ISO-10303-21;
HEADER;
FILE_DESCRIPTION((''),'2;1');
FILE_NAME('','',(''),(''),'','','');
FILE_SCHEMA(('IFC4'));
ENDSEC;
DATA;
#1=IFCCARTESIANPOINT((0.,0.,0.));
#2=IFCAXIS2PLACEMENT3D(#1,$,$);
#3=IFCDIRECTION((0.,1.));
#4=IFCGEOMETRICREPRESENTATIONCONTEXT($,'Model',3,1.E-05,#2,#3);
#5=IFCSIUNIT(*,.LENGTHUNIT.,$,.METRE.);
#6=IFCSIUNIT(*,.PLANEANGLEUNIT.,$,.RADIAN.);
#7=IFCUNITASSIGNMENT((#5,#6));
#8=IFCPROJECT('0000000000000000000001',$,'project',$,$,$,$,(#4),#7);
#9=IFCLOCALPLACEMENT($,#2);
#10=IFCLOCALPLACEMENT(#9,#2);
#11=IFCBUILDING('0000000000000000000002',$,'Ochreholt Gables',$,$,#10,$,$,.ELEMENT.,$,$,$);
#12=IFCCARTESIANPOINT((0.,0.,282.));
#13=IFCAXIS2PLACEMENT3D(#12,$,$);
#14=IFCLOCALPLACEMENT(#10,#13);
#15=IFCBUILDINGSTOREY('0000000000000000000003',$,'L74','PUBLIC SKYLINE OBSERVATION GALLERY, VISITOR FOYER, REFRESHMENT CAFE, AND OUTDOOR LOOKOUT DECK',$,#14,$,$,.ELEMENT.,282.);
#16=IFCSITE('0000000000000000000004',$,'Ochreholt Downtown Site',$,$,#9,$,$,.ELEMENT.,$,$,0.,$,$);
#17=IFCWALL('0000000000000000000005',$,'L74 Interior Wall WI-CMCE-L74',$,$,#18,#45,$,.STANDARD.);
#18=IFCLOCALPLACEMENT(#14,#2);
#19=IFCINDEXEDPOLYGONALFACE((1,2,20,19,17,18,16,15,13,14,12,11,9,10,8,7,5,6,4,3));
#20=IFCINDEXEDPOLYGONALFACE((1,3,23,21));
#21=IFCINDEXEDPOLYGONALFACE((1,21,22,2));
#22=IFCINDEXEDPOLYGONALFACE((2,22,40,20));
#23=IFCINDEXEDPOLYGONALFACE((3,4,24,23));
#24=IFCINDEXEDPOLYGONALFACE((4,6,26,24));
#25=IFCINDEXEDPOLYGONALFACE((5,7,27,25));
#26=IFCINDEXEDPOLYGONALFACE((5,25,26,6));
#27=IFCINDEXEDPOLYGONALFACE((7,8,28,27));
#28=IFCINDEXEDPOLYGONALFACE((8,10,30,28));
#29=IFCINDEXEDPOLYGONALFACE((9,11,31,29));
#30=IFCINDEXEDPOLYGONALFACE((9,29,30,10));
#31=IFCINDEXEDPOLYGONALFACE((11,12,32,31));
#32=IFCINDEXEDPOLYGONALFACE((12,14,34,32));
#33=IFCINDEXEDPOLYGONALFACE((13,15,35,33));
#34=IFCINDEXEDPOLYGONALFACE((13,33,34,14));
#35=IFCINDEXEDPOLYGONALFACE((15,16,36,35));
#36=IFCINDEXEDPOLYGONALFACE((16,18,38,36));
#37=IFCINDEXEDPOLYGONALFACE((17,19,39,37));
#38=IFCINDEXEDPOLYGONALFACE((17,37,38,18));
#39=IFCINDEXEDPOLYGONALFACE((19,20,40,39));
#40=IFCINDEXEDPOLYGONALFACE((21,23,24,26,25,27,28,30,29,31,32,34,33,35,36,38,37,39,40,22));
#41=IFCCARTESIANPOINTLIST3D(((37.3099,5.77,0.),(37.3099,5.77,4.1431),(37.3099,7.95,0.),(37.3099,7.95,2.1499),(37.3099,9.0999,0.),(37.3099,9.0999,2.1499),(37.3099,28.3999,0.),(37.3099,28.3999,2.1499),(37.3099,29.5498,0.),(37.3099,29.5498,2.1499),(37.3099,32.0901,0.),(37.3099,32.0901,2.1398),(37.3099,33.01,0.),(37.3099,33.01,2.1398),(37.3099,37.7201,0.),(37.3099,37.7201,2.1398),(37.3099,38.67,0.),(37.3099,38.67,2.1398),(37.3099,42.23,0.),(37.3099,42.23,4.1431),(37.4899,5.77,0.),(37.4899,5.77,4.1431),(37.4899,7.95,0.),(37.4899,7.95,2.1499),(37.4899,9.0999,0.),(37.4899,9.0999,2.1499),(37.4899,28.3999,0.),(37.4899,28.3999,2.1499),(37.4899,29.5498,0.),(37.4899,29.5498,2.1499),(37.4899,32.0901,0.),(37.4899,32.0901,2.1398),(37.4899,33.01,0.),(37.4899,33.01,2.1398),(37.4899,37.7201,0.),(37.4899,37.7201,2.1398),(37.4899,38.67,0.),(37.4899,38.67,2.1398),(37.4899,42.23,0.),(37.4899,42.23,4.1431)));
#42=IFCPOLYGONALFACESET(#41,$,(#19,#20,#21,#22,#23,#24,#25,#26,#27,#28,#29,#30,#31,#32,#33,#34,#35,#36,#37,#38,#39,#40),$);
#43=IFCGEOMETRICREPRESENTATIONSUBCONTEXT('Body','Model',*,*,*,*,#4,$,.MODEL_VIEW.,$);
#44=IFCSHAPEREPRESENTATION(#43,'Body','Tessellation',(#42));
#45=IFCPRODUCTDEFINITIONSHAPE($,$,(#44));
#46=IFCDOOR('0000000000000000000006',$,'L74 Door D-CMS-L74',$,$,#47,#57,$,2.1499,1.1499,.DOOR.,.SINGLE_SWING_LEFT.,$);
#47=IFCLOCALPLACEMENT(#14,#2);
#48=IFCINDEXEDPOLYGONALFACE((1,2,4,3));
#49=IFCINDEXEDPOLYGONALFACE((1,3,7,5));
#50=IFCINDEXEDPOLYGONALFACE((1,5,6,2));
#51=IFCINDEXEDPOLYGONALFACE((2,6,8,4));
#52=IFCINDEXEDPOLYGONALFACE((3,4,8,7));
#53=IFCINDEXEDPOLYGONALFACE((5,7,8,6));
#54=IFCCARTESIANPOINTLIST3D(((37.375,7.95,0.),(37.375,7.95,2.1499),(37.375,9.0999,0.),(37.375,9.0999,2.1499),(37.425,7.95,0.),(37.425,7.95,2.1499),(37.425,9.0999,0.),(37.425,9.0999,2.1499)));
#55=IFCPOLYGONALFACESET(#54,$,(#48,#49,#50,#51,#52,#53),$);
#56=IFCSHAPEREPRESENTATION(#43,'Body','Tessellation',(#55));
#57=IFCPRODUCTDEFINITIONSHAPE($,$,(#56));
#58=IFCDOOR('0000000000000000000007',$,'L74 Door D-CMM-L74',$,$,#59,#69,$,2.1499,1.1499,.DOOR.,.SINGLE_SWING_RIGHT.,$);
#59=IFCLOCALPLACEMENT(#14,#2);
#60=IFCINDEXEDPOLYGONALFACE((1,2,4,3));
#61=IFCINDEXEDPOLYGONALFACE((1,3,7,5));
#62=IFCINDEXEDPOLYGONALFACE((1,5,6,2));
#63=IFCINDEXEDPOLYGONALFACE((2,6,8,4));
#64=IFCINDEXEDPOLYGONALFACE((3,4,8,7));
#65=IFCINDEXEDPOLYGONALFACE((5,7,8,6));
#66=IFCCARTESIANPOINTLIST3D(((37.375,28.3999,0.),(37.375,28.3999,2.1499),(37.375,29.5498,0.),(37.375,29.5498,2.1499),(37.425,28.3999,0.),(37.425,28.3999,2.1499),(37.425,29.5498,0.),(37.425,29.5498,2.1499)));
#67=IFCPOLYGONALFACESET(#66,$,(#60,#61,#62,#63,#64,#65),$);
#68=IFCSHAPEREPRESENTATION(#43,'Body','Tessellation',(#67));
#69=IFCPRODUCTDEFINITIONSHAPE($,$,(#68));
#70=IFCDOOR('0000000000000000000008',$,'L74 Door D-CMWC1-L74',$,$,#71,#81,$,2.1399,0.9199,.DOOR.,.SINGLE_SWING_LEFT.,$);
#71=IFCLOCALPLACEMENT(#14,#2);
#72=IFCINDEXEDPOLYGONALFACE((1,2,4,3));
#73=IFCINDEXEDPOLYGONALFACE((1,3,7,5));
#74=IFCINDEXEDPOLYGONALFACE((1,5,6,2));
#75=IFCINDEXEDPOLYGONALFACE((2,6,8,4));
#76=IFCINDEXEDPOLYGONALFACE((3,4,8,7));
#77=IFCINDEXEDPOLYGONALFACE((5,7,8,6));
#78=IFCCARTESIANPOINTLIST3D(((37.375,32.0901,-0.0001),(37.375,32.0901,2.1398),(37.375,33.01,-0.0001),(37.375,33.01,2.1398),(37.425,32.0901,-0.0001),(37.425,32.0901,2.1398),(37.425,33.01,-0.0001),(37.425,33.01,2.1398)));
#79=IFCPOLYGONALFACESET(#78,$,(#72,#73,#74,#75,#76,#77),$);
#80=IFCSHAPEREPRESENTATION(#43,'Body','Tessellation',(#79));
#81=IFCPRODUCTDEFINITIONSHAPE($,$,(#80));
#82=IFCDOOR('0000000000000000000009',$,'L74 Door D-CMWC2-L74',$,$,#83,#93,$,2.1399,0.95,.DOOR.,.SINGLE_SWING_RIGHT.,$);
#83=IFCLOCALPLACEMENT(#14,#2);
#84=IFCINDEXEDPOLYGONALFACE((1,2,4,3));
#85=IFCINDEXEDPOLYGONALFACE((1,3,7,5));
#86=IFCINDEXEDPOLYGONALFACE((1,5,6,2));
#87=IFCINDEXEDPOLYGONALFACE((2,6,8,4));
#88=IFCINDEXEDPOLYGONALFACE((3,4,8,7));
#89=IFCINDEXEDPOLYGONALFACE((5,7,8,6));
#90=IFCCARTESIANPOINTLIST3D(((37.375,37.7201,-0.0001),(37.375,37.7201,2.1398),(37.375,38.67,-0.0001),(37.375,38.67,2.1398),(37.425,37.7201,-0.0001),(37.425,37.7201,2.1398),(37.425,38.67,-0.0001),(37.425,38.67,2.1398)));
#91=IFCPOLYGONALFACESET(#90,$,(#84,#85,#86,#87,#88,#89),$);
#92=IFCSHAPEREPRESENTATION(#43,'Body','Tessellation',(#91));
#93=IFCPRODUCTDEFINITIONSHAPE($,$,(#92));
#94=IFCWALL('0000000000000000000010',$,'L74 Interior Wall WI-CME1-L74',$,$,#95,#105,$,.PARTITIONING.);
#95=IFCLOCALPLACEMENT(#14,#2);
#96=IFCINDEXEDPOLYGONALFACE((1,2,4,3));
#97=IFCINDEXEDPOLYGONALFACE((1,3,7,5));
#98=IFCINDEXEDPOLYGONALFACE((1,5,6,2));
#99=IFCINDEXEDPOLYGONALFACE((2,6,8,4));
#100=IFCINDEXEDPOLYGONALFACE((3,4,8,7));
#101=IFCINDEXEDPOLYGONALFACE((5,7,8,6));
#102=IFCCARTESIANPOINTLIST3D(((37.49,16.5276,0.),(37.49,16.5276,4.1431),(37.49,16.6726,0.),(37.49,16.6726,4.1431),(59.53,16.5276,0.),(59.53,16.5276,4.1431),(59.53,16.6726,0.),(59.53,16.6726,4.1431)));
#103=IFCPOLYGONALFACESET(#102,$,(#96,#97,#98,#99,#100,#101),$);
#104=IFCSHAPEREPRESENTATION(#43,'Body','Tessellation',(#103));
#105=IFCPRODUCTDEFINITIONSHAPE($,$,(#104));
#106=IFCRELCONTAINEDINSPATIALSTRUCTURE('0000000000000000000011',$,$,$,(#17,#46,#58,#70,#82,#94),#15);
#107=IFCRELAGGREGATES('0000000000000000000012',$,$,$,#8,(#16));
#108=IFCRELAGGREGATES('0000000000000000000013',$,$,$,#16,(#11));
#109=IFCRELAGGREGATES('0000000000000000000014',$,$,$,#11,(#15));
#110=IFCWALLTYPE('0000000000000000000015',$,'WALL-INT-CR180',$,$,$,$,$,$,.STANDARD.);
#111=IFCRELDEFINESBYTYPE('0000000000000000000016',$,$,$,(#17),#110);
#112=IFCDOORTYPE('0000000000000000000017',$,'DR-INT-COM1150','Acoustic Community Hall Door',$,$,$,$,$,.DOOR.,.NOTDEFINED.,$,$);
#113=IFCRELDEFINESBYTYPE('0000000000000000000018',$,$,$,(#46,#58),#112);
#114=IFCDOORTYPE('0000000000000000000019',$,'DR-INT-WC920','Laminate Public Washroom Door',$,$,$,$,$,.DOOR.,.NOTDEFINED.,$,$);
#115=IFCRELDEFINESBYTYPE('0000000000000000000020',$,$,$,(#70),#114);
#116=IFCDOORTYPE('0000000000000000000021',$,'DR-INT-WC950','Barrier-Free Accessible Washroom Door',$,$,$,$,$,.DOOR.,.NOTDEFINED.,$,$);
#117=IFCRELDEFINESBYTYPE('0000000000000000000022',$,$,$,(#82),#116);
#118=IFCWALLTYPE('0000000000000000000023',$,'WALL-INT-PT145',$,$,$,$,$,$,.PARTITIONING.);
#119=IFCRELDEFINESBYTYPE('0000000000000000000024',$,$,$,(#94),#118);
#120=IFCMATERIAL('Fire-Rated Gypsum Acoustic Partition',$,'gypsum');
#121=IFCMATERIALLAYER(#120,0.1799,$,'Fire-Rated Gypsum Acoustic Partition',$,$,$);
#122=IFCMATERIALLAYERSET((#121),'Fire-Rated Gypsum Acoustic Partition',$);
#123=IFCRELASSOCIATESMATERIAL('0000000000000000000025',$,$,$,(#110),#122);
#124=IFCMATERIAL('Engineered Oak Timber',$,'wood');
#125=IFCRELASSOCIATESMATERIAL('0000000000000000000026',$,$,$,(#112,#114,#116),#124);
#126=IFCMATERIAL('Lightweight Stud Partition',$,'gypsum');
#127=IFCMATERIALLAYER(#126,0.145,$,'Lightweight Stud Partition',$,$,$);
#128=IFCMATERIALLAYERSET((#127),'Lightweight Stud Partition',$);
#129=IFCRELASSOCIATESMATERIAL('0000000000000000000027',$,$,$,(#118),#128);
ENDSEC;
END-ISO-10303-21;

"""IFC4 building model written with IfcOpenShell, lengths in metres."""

from ifc_helpers import new_model, si_unit, direction, frame, frame_2d, origin, place, context, subcontext, project, spatial, rectangle, extrude, material, layer, layer_set, type_object, element, fill, save


model = new_model("IFC4")

# Units and contexts
model_context = context("Model", 3, precision=1e-05, world=origin(), true_north=direction((0.0, 1.0)))
body_context = subcontext(model_context, "Body", "Model", "MODEL_VIEW")
ifc_project = project(units=[si_unit("LENGTHUNIT", "METRE"), si_unit("PLANEANGLEUNIT", "RADIAN")], contexts=[model_context])

# Site, building, storey
site_placement = place(None, origin())
site = spatial("IfcSite", under=ifc_project, at=site_placement, Name="Ochreholt Downtown Site", CompositionType="ELEMENT", RefElevation=0.0)
building_placement = place(site_placement, origin())
building = spatial("IfcBuilding", under=site, at=building_placement, Name="Ochreholt Gables", CompositionType="ELEMENT")
storey_placement = place(building_placement, frame((0.0, 0.0, 282.0)))
storey = spatial("IfcBuildingStorey", under=building, at=storey_placement, Name="L74", Description="PUBLIC SKYLINE OBSERVATION GALLERY, VISITOR FOYER, REFRESHMENT CAFE, AND OUTDOOR LOOKOUT DECK", CompositionType="ELEMENT", Elevation=282.0)

# Wall, openings, doors
ifc_material_1 = material(Name="Fire-Rated Gypsum Acoustic Partition", Category="gypsum")
ifc_layer_1 = layer(ifc_material_1, 0.1799, Name="Fire-Rated Gypsum Acoustic Partition")
ifc_layer_set_1 = layer_set([ifc_layer_1], Name="Fire-Rated Gypsum Acoustic Partition")
wall_type_1 = type_object("IfcWallType", Name="WALL-INT-CR180", PredefinedType="STANDARD", material=ifc_layer_set_1)
wall_1_placement = place(storey_placement, frame((37.3999, 5.77, 0.0), z_axis=(0.0, 0.0, 1.0), x_axis=(0.0, 1.0, 0.0)))
wall_1 = element("IfcWall", 1, at=wall_1_placement, inside=storey, type_object=wall_type_1, Name="L74 Interior Wall WI-CMCE-L74", PredefinedType="STANDARD", context=body_context, shape_type="SweptSolid", body=[
    extrude(rectangle(XDim=36.46, YDim=0.1799, at=frame_2d((18.23, 0.0))), origin(), (0.0, 0.0, 1.0), 4.1431),
])
opening_1_placement = place(wall_1_placement, frame((26.3201, 0.0, 0.0)))
opening_1 = element("IfcOpeningElement", 2, at=opening_1_placement, cuts=wall_1, PredefinedType="OPENING", context=body_context, shape_type="SweptSolid", body=[
    extrude(rectangle(XDim=0.9199, YDim=2.1399, at=frame_2d((0.46, 1.0698))), frame((0.0, 0.0999, 0.0), z_axis=(0.0, -1.0, 0.0), x_axis=(1.0, 0.0, 0.0)), (0.0, 0.0, 1.0), 0.2),
])
opening_2_placement = place(wall_1_placement, frame((31.95, 0.0, 0.0)))
opening_2 = element("IfcOpeningElement", 3, at=opening_2_placement, cuts=wall_1, PredefinedType="OPENING", context=body_context, shape_type="SweptSolid", body=[
    extrude(rectangle(XDim=0.95, YDim=2.1399, at=frame_2d((0.4751, 1.0698))), frame((0.0, 0.0999, 0.0), z_axis=(0.0, -1.0, 0.0), x_axis=(1.0, 0.0, 0.0)), (0.0, 0.0, 1.0), 0.2),
])
opening_3_placement = place(wall_1_placement, frame((2.1799, 0.0, 0.0)))
opening_3 = element("IfcOpeningElement", 4, at=opening_3_placement, cuts=wall_1, PredefinedType="OPENING", context=body_context, shape_type="SweptSolid", body=[
    extrude(rectangle(XDim=1.1499, YDim=2.1499, at=frame_2d((0.575, 1.075))), frame((0.0, 0.0999, 0.0), z_axis=(0.0, -1.0, 0.0), x_axis=(1.0, 0.0, 0.0)), (0.0, 0.0, 1.0), 0.2),
])
opening_4_placement = place(wall_1_placement, frame((22.6299, 0.0, 0.0)))
opening_4 = element("IfcOpeningElement", 5, at=opening_4_placement, cuts=wall_1, PredefinedType="OPENING", context=body_context, shape_type="SweptSolid", body=[
    extrude(rectangle(XDim=1.1499, YDim=2.1499, at=frame_2d((0.575, 1.075))), frame((0.0, 0.0999, 0.0), z_axis=(0.0, -1.0, 0.0), x_axis=(1.0, 0.0, 0.0)), (0.0, 0.0, 1.0), 0.2),
])
ifc_material_2 = material(Name="Engineered Oak Timber", Category="wood")
door_type_1 = type_object("IfcDoorType", Name="DR-INT-COM1150", Description="Acoustic Community Hall Door", OperationType="NOTDEFINED", PredefinedType="DOOR", material=ifc_material_2)
door_1_placement = place(opening_3_placement, origin())
door_1 = element("IfcDoor", 6, at=door_1_placement, inside=storey, type_object=door_type_1, Name="L74 Door D-CMS-L74", OperationType="SINGLE_SWING_LEFT", OverallHeight=2.1499, OverallWidth=1.1499, PredefinedType="DOOR", context=body_context, shape_type="SweptSolid", body=[
    extrude(rectangle(XDim=1.1499, YDim=2.1499, at=frame_2d((0.575, 1.075))), frame((0.0, 0.0249, 0.0), z_axis=(0.0, -1.0, 0.0), x_axis=(1.0, 0.0, 0.0)), (0.0, 0.0, 1.0), 0.05),
])
fill(opening_3, door_1)
door_2_placement = place(opening_4_placement, origin())
door_2 = element("IfcDoor", 7, at=door_2_placement, inside=storey, type_object=door_type_1, Name="L74 Door D-CMM-L74", OperationType="SINGLE_SWING_RIGHT", OverallHeight=2.1499, OverallWidth=1.1499, PredefinedType="DOOR", context=body_context, shape_type="SweptSolid", body=[
    extrude(rectangle(XDim=1.1499, YDim=2.1499, at=frame_2d((0.575, 1.075))), frame((0.0, 0.0249, 0.0), z_axis=(0.0, -1.0, 0.0), x_axis=(1.0, 0.0, 0.0)), (0.0, 0.0, 1.0), 0.05),
])
fill(opening_4, door_2)
door_type_2 = type_object("IfcDoorType", Name="DR-INT-WC920", Description="Laminate Public Washroom Door", OperationType="NOTDEFINED", PredefinedType="DOOR", material=ifc_material_2)
door_3_placement = place(opening_1_placement, origin())
door_3 = element("IfcDoor", 8, at=door_3_placement, inside=storey, type_object=door_type_2, Name="L74 Door D-CMWC1-L74", OperationType="SINGLE_SWING_LEFT", OverallHeight=2.1399, OverallWidth=0.9199, PredefinedType="DOOR", context=body_context, shape_type="SweptSolid", body=[
    extrude(rectangle(XDim=0.9199, YDim=2.1399, at=frame_2d((0.46, 1.0698))), frame((0.0, 0.0249, 0.0), z_axis=(0.0, -1.0, 0.0), x_axis=(1.0, 0.0, 0.0)), (0.0, 0.0, 1.0), 0.05),
])
fill(opening_1, door_3)
door_type_3 = type_object("IfcDoorType", Name="DR-INT-WC950", Description="Barrier-Free Accessible Washroom Door", OperationType="NOTDEFINED", PredefinedType="DOOR", material=ifc_material_2)
door_4_placement = place(opening_2_placement, origin())
door_4 = element("IfcDoor", 9, at=door_4_placement, inside=storey, type_object=door_type_3, Name="L74 Door D-CMWC2-L74", OperationType="SINGLE_SWING_RIGHT", OverallHeight=2.1399, OverallWidth=0.95, PredefinedType="DOOR", context=body_context, shape_type="SweptSolid", body=[
    extrude(rectangle(XDim=0.95, YDim=2.1399, at=frame_2d((0.4751, 1.0698))), frame((0.0, 0.0249, 0.0), z_axis=(0.0, -1.0, 0.0), x_axis=(1.0, 0.0, 0.0)), (0.0, 0.0, 1.0), 0.05),
])
fill(opening_2, door_4)

# Wall
ifc_material_3 = material(Name="Lightweight Stud Partition", Category="gypsum")
ifc_layer_2 = layer(ifc_material_3, 0.145, Name="Lightweight Stud Partition")
ifc_layer_set_2 = layer_set([ifc_layer_2], Name="Lightweight Stud Partition")
wall_type_2 = type_object("IfcWallType", Name="WALL-INT-PT145", PredefinedType="PARTITIONING", material=ifc_layer_set_2)
wall_2_placement = place(storey_placement, frame((37.49, 16.6001, 0.0), z_axis=(0.0, 0.0, 1.0), x_axis=(1.0, 0.0, 0.0)))
element("IfcWall", 10, at=wall_2_placement, inside=storey, type_object=wall_type_2, Name="L74 Interior Wall WI-CME1-L74", PredefinedType="PARTITIONING", context=body_context, shape_type="SweptSolid", body=[
    extrude(rectangle(XDim=22.04, YDim=0.145, at=frame_2d((11.02, 0.0))), origin(), (0.0, 0.0, 1.0), 4.1431),
])

save(model, "model.ifc")
